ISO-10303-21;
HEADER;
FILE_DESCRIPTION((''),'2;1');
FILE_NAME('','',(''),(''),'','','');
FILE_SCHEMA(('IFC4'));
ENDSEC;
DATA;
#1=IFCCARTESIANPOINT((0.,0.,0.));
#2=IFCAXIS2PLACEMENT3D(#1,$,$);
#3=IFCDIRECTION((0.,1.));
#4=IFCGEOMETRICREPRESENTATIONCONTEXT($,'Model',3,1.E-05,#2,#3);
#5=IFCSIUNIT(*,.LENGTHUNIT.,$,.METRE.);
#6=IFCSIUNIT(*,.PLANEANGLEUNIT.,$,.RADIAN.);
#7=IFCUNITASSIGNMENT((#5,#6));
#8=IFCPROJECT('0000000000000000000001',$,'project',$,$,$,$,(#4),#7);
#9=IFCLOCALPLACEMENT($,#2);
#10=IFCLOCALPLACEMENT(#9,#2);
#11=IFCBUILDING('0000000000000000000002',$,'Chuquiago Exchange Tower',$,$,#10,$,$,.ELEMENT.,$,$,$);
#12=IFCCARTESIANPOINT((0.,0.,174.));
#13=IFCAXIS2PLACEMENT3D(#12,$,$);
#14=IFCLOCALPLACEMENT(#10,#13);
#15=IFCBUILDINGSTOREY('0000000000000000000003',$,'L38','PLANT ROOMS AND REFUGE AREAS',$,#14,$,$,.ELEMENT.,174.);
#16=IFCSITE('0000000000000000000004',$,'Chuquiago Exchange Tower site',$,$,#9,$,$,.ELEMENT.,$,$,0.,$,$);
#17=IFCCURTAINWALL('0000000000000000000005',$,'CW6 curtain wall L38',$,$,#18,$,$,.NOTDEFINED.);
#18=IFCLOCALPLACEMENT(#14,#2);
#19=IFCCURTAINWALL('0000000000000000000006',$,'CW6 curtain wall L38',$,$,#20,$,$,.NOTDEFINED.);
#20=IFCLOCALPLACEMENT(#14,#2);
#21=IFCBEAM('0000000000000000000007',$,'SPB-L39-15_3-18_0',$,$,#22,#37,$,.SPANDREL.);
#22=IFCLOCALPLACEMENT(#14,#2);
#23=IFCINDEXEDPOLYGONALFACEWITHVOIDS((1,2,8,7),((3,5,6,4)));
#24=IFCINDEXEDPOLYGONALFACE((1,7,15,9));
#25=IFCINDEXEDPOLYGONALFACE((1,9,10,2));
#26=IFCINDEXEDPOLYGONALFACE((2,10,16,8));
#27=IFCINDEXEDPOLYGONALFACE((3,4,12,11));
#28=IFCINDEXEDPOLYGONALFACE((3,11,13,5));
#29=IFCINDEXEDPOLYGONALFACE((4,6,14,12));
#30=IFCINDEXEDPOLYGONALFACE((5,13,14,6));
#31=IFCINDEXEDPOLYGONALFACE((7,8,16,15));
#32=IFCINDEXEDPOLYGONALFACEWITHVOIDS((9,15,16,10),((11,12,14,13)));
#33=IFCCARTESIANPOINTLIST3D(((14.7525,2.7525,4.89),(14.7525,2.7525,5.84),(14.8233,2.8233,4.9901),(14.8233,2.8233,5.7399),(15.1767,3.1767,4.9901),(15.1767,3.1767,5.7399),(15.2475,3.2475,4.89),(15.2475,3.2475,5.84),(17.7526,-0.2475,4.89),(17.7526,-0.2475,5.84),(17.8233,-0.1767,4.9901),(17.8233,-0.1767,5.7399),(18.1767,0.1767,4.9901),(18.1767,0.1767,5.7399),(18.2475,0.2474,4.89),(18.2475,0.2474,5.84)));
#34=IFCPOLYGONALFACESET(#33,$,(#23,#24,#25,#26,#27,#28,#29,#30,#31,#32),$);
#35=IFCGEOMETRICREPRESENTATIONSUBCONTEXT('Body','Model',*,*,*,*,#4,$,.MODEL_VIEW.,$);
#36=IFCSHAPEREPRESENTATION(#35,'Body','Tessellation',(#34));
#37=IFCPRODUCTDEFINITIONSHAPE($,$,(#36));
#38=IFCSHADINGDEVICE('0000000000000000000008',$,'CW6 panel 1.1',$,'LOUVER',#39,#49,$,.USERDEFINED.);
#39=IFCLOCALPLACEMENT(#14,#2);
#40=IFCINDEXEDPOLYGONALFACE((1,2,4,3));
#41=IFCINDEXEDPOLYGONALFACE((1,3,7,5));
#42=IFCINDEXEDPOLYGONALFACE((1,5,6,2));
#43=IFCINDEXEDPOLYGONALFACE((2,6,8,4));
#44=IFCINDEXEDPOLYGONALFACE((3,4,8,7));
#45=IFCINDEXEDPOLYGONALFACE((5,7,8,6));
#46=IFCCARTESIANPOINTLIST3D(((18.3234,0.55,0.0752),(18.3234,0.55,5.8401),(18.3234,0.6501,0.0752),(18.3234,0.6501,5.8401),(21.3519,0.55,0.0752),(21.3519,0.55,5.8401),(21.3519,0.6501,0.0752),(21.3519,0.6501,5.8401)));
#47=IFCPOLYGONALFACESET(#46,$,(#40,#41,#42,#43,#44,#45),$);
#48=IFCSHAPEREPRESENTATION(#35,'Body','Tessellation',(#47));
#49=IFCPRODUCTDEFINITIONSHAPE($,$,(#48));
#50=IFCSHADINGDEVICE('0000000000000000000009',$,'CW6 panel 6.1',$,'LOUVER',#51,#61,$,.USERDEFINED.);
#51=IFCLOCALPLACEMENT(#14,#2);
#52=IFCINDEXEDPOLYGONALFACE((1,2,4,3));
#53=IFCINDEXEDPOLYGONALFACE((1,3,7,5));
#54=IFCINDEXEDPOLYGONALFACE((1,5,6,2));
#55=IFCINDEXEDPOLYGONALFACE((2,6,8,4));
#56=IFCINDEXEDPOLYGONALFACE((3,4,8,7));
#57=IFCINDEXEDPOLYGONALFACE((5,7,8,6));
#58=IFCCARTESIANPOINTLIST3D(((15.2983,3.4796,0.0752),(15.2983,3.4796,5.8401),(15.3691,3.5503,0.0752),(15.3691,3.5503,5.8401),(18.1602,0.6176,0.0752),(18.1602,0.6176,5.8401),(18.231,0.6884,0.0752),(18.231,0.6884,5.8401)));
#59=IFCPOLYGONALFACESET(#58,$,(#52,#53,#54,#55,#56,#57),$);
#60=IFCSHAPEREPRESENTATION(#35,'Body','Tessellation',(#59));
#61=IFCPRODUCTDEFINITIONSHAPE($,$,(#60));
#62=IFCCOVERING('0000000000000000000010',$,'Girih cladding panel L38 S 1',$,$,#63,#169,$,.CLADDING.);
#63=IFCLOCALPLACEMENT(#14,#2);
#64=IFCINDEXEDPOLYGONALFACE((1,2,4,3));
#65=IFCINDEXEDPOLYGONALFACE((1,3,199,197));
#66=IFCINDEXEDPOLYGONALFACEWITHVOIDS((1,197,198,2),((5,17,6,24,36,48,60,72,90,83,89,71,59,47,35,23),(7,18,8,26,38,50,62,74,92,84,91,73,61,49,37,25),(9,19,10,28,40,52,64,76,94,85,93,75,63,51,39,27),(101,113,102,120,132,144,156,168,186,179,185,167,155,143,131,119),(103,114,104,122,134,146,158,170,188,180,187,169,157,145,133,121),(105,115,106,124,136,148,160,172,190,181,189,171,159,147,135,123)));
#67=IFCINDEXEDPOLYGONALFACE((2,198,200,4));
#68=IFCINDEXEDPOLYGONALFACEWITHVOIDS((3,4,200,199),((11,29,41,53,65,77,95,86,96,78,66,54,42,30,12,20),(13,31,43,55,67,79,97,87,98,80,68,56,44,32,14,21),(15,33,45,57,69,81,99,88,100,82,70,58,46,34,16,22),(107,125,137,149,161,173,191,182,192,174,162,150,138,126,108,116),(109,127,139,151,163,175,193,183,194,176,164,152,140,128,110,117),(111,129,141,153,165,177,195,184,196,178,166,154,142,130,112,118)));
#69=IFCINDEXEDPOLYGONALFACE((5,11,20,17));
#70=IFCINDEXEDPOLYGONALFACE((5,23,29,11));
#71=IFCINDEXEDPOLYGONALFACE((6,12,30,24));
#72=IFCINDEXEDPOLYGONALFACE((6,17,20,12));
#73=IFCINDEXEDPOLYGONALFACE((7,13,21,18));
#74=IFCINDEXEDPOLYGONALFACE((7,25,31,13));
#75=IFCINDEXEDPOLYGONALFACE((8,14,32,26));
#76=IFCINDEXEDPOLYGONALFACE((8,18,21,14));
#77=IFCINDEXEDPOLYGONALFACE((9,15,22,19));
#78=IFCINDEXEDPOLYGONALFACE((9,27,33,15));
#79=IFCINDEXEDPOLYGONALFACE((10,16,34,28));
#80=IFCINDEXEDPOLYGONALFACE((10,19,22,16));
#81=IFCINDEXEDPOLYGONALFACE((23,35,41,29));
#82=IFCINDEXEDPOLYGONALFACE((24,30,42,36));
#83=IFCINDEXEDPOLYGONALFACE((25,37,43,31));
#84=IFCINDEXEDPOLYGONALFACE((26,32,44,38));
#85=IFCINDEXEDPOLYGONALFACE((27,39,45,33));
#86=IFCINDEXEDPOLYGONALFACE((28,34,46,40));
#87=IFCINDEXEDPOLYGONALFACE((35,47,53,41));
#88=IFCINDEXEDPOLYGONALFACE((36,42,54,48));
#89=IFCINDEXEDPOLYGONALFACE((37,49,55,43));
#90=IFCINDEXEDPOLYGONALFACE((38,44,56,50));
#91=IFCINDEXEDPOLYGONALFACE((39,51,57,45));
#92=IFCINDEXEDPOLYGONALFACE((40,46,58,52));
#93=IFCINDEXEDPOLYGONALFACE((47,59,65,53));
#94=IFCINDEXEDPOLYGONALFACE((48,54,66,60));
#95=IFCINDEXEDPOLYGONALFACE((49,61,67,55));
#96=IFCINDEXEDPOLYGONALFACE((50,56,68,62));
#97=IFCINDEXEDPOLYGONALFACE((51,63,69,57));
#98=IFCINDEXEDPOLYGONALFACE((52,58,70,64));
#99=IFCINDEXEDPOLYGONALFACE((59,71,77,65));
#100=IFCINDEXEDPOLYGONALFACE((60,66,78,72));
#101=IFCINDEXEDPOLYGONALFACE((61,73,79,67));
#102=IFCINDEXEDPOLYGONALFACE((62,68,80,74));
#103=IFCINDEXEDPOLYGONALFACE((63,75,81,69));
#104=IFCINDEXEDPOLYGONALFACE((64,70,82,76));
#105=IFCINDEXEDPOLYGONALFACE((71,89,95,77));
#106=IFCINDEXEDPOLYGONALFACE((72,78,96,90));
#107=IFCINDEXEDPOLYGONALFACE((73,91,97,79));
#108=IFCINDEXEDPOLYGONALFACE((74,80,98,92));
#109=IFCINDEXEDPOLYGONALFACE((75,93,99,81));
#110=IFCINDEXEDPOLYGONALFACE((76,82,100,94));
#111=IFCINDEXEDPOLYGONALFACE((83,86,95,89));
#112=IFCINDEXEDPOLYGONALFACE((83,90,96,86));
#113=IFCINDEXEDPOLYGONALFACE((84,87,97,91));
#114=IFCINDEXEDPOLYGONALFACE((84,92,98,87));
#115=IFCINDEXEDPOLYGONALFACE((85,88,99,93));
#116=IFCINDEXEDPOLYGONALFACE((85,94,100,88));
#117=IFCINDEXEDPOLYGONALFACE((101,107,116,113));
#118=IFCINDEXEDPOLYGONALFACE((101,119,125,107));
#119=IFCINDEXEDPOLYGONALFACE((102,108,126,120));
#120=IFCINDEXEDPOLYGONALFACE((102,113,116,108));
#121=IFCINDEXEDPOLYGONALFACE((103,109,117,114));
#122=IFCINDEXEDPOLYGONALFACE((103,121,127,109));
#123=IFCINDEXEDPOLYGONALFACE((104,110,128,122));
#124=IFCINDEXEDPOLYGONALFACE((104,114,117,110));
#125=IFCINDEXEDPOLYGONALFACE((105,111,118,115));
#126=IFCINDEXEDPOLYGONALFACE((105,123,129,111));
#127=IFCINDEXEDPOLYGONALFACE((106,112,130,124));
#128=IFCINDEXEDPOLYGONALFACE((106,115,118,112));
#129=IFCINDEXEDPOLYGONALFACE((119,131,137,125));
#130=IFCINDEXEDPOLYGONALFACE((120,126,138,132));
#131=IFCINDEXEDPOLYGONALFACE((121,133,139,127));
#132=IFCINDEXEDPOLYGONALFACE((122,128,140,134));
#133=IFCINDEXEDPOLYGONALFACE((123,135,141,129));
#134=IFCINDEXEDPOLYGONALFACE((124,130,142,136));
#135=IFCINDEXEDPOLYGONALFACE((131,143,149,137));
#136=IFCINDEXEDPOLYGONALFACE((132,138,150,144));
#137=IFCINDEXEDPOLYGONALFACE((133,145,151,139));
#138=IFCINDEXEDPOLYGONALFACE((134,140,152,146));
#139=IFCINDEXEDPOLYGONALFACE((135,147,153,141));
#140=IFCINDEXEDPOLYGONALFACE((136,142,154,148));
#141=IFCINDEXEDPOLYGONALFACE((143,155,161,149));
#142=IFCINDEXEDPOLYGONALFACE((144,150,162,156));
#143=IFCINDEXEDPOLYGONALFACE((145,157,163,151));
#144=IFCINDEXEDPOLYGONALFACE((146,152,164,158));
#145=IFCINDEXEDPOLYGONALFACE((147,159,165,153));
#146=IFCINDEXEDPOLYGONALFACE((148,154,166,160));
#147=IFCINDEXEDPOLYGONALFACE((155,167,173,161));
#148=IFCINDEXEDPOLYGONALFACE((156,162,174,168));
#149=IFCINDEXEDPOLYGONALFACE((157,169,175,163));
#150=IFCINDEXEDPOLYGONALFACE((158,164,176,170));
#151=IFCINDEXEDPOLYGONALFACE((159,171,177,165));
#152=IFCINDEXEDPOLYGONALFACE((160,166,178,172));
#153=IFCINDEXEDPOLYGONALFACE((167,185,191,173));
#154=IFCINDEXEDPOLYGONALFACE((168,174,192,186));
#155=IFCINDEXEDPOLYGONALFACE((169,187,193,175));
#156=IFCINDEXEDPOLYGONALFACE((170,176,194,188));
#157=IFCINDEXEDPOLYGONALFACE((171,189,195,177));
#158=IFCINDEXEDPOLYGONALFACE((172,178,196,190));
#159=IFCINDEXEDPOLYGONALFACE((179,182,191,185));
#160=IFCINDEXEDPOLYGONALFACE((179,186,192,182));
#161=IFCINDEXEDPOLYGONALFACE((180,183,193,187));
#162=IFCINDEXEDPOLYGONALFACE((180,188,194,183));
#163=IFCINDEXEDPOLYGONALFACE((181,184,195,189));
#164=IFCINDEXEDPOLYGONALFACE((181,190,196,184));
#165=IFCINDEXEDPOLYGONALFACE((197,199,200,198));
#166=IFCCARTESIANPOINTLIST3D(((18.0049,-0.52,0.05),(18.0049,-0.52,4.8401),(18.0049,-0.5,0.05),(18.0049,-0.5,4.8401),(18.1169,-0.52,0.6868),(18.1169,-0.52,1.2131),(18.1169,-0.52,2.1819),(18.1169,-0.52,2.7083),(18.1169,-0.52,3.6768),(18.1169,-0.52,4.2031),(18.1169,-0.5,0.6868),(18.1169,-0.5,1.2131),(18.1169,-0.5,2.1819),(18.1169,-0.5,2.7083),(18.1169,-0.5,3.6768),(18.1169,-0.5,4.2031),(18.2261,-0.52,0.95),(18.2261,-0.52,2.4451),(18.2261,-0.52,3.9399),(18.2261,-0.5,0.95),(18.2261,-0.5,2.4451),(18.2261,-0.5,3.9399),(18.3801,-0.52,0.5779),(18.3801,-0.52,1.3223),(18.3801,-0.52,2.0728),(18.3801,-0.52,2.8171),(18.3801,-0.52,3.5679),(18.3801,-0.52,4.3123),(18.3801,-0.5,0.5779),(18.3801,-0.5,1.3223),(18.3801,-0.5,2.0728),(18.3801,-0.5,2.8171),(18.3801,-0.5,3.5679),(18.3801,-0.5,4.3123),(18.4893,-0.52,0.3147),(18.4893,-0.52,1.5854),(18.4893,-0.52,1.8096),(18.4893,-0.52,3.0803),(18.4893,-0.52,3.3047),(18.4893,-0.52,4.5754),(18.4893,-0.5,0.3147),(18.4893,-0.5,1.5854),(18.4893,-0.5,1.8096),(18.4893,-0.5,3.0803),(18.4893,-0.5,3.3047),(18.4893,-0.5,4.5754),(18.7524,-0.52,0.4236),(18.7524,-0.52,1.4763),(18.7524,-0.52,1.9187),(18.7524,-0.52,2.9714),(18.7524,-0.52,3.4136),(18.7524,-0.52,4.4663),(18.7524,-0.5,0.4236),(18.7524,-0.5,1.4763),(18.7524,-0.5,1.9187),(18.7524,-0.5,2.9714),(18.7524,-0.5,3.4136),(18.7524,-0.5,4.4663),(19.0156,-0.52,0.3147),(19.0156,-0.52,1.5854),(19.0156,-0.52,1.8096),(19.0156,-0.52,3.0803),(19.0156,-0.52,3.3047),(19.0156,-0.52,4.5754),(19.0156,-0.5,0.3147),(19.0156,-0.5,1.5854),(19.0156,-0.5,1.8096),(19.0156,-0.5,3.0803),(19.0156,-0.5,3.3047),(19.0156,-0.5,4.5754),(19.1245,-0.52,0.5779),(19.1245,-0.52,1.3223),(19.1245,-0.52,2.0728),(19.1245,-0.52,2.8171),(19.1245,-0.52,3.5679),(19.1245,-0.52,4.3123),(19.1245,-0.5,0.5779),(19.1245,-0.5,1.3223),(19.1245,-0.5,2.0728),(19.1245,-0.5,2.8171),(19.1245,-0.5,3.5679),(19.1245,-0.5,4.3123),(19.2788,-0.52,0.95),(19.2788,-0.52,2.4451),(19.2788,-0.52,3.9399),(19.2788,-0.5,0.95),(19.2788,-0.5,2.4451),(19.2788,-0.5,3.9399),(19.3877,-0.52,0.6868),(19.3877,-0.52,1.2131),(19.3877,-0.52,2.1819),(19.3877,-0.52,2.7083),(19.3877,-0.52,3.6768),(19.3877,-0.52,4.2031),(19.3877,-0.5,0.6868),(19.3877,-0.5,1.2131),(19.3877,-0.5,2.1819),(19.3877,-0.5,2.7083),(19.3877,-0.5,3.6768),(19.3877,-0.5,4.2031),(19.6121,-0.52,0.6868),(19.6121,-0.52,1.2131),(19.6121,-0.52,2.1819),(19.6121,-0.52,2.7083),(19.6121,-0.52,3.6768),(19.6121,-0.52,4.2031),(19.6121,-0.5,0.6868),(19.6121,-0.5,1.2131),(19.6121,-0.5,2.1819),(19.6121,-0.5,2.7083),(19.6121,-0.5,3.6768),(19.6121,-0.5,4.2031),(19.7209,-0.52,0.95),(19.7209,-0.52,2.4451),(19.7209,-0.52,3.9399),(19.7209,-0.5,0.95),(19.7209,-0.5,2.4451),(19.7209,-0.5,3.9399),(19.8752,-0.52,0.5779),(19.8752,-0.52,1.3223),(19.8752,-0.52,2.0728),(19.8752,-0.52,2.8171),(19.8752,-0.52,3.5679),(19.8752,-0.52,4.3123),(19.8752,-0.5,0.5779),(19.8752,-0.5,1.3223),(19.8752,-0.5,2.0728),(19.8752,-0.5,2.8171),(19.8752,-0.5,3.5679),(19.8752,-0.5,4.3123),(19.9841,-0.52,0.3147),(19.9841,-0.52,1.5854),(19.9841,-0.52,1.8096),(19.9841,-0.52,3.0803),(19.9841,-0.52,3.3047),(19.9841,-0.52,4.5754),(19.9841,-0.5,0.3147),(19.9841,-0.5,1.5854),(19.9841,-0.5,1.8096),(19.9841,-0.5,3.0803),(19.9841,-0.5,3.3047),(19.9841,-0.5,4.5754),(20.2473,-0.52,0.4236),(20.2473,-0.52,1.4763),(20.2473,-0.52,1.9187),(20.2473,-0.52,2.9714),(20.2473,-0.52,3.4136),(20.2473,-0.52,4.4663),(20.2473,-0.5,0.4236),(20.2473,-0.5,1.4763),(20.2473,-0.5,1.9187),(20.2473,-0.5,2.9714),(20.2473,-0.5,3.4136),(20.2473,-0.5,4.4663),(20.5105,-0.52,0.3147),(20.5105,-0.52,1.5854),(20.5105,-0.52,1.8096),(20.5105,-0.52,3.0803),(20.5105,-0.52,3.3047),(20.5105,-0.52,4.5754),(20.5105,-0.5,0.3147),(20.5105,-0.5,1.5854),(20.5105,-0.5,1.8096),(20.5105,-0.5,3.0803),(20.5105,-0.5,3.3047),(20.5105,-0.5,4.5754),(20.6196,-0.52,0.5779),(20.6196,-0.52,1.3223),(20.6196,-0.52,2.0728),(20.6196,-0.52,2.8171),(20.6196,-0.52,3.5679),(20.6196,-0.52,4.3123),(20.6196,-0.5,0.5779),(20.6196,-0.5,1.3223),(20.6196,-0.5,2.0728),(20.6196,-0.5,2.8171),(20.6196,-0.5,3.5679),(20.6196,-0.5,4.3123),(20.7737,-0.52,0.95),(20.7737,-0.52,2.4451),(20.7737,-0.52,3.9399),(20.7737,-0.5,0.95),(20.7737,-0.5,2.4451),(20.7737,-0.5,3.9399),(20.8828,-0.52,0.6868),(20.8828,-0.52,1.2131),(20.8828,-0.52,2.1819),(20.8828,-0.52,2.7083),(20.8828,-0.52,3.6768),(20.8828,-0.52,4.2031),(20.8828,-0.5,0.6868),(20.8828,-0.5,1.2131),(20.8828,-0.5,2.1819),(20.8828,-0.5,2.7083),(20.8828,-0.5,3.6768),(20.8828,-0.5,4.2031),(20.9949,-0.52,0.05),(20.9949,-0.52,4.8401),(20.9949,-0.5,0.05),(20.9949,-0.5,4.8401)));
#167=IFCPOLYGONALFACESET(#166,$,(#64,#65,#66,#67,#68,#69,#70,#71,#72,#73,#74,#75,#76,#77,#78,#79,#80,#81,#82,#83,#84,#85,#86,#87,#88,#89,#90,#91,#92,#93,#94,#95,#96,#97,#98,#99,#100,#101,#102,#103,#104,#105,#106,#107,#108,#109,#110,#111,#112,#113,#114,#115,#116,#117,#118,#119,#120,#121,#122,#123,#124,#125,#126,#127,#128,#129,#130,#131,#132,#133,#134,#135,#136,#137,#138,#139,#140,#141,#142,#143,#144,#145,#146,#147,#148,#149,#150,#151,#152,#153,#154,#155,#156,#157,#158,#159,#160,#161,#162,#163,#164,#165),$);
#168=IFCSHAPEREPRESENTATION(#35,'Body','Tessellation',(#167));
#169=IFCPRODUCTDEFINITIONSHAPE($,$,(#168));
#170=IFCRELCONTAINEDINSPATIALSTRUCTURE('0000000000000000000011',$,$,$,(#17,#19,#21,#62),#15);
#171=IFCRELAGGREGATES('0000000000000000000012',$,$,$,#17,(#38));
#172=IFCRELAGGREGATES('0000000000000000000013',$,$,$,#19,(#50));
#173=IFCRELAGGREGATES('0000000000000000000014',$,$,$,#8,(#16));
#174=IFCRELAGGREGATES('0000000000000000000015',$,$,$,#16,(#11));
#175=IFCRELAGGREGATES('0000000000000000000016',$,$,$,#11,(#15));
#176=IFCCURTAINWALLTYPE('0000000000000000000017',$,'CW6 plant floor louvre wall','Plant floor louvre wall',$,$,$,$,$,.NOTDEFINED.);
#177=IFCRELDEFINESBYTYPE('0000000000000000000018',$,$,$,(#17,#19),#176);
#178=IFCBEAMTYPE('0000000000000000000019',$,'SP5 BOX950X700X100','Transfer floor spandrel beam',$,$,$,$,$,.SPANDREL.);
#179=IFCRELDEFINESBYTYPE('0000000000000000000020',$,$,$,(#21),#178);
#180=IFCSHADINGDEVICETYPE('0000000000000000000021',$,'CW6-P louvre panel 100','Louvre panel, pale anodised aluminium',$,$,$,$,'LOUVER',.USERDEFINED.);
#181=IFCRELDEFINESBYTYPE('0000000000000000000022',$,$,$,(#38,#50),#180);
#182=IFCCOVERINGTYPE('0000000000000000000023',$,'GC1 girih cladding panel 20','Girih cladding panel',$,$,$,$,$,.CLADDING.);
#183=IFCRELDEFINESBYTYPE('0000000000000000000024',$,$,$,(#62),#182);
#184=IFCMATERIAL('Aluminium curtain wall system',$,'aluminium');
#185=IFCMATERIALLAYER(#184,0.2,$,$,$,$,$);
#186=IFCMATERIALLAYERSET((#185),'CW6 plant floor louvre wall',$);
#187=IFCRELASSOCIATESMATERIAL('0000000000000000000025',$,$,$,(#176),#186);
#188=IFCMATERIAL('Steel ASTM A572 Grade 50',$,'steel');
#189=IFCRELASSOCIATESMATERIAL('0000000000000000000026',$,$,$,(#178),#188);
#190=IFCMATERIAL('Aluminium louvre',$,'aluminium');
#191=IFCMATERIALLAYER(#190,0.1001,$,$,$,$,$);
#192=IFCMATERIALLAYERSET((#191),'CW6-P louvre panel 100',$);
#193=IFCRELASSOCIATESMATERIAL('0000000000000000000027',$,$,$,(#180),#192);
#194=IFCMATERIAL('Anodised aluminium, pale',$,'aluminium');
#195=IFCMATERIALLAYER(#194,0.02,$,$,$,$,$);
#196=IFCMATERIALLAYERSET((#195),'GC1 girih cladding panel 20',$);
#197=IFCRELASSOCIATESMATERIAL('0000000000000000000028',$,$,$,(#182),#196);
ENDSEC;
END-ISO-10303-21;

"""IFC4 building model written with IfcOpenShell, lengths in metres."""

from ifc_helpers import new_model, si_unit, direction, frame, origin, origin_2d, place, context, subcontext, project, spatial, polyline, rectangle, hollow_rectangle, outline, extrude, material, layer, layer_set, material_profile, profile_set, type_object, element, aggregate, save


model = new_model("IFC4")

# Units and contexts
model_context = context("Model", 3, precision=1e-05, world=origin(), true_north=direction((0.0, 1.0)))
body_context = subcontext(model_context, "Body", "Model", "MODEL_VIEW")
ifc_project = project(units=[si_unit("LENGTHUNIT", "METRE"), si_unit("PLANEANGLEUNIT", "RADIAN")], contexts=[model_context])

# Site, building, storey
site_placement = place(None, origin())
site = spatial("IfcSite", under=ifc_project, at=site_placement, Name="Chuquiago Exchange Tower site", CompositionType="ELEMENT", RefElevation=0.0)
building_placement = place(site_placement, origin())
building = spatial("IfcBuilding", under=site, at=building_placement, Name="Chuquiago Exchange Tower", CompositionType="ELEMENT")
storey_placement = place(building_placement, frame((0.0, 0.0, 174.0)))
storey = spatial("IfcBuildingStorey", under=building, at=storey_placement, Name="L38", Description="PLANT ROOMS AND REFUGE AREAS", CompositionType="ELEMENT", Elevation=174.0)

# Curtain walls
ifc_material_1 = material(Name="Aluminium curtain wall system", Category="aluminium")
ifc_layer_1 = layer(ifc_material_1, 0.2)
ifc_layer_set_1 = layer_set([ifc_layer_1], Name="CW6 plant floor louvre wall")
curtain_wall_type = type_object("IfcCurtainWallType", Name="CW6 plant floor louvre wall", Description="Plant floor louvre wall", PredefinedType="NOTDEFINED", material=ifc_layer_set_1)
curtain_wall_1_placement = place(storey_placement, origin())
curtain_wall_1 = element("IfcCurtainWall", 1, at=curtain_wall_1_placement, inside=storey, type_object=curtain_wall_type, Name="CW6 curtain wall L38", PredefinedType="NOTDEFINED")
curtain_wall_2_placement = place(storey_placement, origin())
curtain_wall_2 = element("IfcCurtainWall", 2, at=curtain_wall_2_placement, inside=storey, type_object=curtain_wall_type, Name="CW6 curtain wall L38", PredefinedType="NOTDEFINED")

# Beam
ifc_material_2 = material(Name="Steel ASTM A572 Grade 50", Category="steel")
ifc_material_profile_1 = material_profile(ifc_material_2, hollow_rectangle(XDim=0.7, YDim=0.95, WallThickness=0.1001, at=origin_2d()), Name="BOX950X700X100")
ifc_profile_set_1 = profile_set([ifc_material_profile_1], Name="Steel ASTM A572 Grade 50")
beam_type = type_object("IfcBeamType", Name="SP5 BOX950X700X100", Description="Transfer floor spandrel beam", PredefinedType="SPANDREL", material=ifc_profile_set_1)
beam_placement = place(storey_placement, frame((15.0, 3.0, 5.365), z_axis=(0.707107, -0.707107, 0.0), x_axis=(0.707107, 0.707107, 0.0)))
element("IfcBeam", 3, at=beam_placement, inside=storey, type_object=beam_type, Name="SPB-L39-15_3-18_0", PredefinedType="SPANDREL", context=body_context, shape_type="SweptSolid", body=[
    extrude(hollow_rectangle(XDim=0.7, YDim=0.95, WallThickness=0.1001, at=origin_2d()), origin(), (0.0, 0.0, 1.0), 4.2427),
])

# Shading devices
ifc_material_3 = material(Name="Aluminium louvre", Category="aluminium")
ifc_layer_2 = layer(ifc_material_3, 0.1001)
ifc_layer_set_2 = layer_set([ifc_layer_2], Name="CW6-P louvre panel 100")
shading_device_type = type_object("IfcShadingDeviceType", Name="CW6-P louvre panel 100", Description="Louvre panel, pale anodised aluminium", ElementType="LOUVER", PredefinedType="USERDEFINED", material=ifc_layer_set_2)
shading_device_1_placement = place(storey_placement, frame((19.8376, 0.6001, 0.0752), z_axis=(0.0, 0.0, 1.0), x_axis=(1.0, 0.0, 0.0)))
shading_device_1 = element("IfcShadingDevice", 4, at=shading_device_1_placement, type_object=shading_device_type, Name="CW6 panel 1.1", ObjectType="LOUVER", PredefinedType="USERDEFINED", context=body_context, shape_type="SweptSolid", body=[
    extrude(rectangle(XDim=3.0286, YDim=0.1001, at=origin_2d()), origin(), (0.0, 0.0, 1.0), 5.7649),
])
aggregate(curtain_wall_1, [shading_device_1])
shading_device_2_placement = place(storey_placement, frame((16.7646, 2.084, 0.0752), z_axis=(0.0, 0.0, 1.0), x_axis=(0.707107, -0.707107, 0.0)))
shading_device_2 = element("IfcShadingDevice", 5, at=shading_device_2_placement, type_object=shading_device_type, Name="CW6 panel 6.1", ObjectType="LOUVER", PredefinedType="USERDEFINED", context=body_context, shape_type="SweptSolid", body=[
    extrude(rectangle(XDim=4.0474, YDim=0.1001, at=origin_2d()), origin(), (0.0, 0.0, 1.0), 5.7649),
])
aggregate(curtain_wall_2, [shading_device_2])

# Covering
ifc_material_4 = material(Name="Anodised aluminium, pale", Category="aluminium")
ifc_layer_3 = layer(ifc_material_4, 0.02)
ifc_layer_set_3 = layer_set([ifc_layer_3], Name="GC1 girih cladding panel 20")
covering_type_1 = type_object("IfcCoveringType", Name="GC1 girih cladding panel 20", Description="Girih cladding panel", PredefinedType="CLADDING", material=ifc_layer_set_3)
covering_1_placement = place(storey_placement, frame((18.0049, -0.5, 0.05), z_axis=(0.0, 0.0, 1.0), x_axis=(1.0, 0.0, 0.0)))
element("IfcCovering", 6, at=covering_1_placement, inside=storey, type_object=covering_type_1, Name="Girih cladding panel L38 S 1", PredefinedType="CLADDING", context=body_context, shape_type="SweptSolid", body=[
    extrude(outline(polyline([(0.0, 0.0), (2.99, 0.0), (2.99, 4.79), (0.0, 4.79), (0.0, 0.0)]), holes=[polyline([(1.2739, 0.8999), (1.3828, 1.1631), (1.1196, 1.2722), (1.0107, 1.5354), (0.7476, 1.4263), (0.4844, 1.5354), (0.3752, 1.2722), (0.1121, 1.1631), (0.2212, 0.8999), (0.1121, 0.6367), (0.3752, 0.5278), (0.4844, 0.2646), (0.7476, 0.3735), (1.0107, 0.2646), (1.1196, 0.5278), (1.3828, 0.6367), (1.2739, 0.8999)]), polyline([(2.7688, 0.8999), (2.8779, 1.1631), (2.6147, 1.2722), (2.5056, 1.5354), (2.2424, 1.4263), (1.9792, 1.5354), (1.8704, 1.2722), (1.6072, 1.1631), (1.7161, 0.8999), (1.6072, 0.6367), (1.8704, 0.5278), (1.9792, 0.2646), (2.2424, 0.3735), (2.5056, 0.2646), (2.6147, 0.5278), (2.8779, 0.6367), (2.7688, 0.8999)]), polyline([(1.2739, 2.395), (1.3828, 2.6582), (1.1196, 2.7671), (1.0107, 3.0303), (0.7476, 2.9214), (0.4844, 3.0303), (0.3752, 2.7671), (0.1121, 2.6582), (0.2212, 2.395), (0.1121, 2.1318), (0.3752, 2.0227), (0.4844, 1.7595), (0.7476, 1.8687), (1.0107, 1.7595), (1.1196, 2.0227), (1.3828, 2.1318), (1.2739, 2.395)]), polyline([(2.7688, 2.395), (2.8779, 2.6582), (2.6147, 2.7671), (2.5056, 3.0303), (2.2424, 2.9214), (1.9792, 3.0303), (1.8704, 2.7671), (1.6072, 2.6582), (1.7161, 2.395), (1.6072, 2.1318), (1.8704, 2.0227), (1.9792, 1.7595), (2.2424, 1.8687), (2.5056, 1.7595), (2.6147, 2.0227), (2.8779, 2.1318), (2.7688, 2.395)]), polyline([(1.2739, 3.8899), (1.3828, 4.1531), (1.1196, 4.2622), (1.0107, 4.5254), (0.7476, 4.4163), (0.4844, 4.5254), (0.3752, 4.2622), (0.1121, 4.1531), (0.2212, 3.8899), (0.1121, 3.6267), (0.3752, 3.5178), (0.4844, 3.2546), (0.7476, 3.3635), (1.0107, 3.2546), (1.1196, 3.5178), (1.3828, 3.6267), (1.2739, 3.8899)]), polyline([(2.7688, 3.8899), (2.8779, 4.1531), (2.6147, 4.2622), (2.5056, 4.5254), (2.2424, 4.4163), (1.9792, 4.5254), (1.8704, 4.2622), (1.6072, 4.1531), (1.7161, 3.8899), (1.6072, 3.6267), (1.8704, 3.5178), (1.9792, 3.2546), (2.2424, 3.3635), (2.5056, 3.2546), (2.6147, 3.5178), (2.8779, 3.6267), (2.7688, 3.8899)])]), frame((0.0, 0.0, 0.0), z_axis=(0.0, -1.0, 0.0), x_axis=(1.0, 0.0, 0.0)), (0.0, 0.0, 1.0), 0.02),
])

save(model, "model.ifc")
